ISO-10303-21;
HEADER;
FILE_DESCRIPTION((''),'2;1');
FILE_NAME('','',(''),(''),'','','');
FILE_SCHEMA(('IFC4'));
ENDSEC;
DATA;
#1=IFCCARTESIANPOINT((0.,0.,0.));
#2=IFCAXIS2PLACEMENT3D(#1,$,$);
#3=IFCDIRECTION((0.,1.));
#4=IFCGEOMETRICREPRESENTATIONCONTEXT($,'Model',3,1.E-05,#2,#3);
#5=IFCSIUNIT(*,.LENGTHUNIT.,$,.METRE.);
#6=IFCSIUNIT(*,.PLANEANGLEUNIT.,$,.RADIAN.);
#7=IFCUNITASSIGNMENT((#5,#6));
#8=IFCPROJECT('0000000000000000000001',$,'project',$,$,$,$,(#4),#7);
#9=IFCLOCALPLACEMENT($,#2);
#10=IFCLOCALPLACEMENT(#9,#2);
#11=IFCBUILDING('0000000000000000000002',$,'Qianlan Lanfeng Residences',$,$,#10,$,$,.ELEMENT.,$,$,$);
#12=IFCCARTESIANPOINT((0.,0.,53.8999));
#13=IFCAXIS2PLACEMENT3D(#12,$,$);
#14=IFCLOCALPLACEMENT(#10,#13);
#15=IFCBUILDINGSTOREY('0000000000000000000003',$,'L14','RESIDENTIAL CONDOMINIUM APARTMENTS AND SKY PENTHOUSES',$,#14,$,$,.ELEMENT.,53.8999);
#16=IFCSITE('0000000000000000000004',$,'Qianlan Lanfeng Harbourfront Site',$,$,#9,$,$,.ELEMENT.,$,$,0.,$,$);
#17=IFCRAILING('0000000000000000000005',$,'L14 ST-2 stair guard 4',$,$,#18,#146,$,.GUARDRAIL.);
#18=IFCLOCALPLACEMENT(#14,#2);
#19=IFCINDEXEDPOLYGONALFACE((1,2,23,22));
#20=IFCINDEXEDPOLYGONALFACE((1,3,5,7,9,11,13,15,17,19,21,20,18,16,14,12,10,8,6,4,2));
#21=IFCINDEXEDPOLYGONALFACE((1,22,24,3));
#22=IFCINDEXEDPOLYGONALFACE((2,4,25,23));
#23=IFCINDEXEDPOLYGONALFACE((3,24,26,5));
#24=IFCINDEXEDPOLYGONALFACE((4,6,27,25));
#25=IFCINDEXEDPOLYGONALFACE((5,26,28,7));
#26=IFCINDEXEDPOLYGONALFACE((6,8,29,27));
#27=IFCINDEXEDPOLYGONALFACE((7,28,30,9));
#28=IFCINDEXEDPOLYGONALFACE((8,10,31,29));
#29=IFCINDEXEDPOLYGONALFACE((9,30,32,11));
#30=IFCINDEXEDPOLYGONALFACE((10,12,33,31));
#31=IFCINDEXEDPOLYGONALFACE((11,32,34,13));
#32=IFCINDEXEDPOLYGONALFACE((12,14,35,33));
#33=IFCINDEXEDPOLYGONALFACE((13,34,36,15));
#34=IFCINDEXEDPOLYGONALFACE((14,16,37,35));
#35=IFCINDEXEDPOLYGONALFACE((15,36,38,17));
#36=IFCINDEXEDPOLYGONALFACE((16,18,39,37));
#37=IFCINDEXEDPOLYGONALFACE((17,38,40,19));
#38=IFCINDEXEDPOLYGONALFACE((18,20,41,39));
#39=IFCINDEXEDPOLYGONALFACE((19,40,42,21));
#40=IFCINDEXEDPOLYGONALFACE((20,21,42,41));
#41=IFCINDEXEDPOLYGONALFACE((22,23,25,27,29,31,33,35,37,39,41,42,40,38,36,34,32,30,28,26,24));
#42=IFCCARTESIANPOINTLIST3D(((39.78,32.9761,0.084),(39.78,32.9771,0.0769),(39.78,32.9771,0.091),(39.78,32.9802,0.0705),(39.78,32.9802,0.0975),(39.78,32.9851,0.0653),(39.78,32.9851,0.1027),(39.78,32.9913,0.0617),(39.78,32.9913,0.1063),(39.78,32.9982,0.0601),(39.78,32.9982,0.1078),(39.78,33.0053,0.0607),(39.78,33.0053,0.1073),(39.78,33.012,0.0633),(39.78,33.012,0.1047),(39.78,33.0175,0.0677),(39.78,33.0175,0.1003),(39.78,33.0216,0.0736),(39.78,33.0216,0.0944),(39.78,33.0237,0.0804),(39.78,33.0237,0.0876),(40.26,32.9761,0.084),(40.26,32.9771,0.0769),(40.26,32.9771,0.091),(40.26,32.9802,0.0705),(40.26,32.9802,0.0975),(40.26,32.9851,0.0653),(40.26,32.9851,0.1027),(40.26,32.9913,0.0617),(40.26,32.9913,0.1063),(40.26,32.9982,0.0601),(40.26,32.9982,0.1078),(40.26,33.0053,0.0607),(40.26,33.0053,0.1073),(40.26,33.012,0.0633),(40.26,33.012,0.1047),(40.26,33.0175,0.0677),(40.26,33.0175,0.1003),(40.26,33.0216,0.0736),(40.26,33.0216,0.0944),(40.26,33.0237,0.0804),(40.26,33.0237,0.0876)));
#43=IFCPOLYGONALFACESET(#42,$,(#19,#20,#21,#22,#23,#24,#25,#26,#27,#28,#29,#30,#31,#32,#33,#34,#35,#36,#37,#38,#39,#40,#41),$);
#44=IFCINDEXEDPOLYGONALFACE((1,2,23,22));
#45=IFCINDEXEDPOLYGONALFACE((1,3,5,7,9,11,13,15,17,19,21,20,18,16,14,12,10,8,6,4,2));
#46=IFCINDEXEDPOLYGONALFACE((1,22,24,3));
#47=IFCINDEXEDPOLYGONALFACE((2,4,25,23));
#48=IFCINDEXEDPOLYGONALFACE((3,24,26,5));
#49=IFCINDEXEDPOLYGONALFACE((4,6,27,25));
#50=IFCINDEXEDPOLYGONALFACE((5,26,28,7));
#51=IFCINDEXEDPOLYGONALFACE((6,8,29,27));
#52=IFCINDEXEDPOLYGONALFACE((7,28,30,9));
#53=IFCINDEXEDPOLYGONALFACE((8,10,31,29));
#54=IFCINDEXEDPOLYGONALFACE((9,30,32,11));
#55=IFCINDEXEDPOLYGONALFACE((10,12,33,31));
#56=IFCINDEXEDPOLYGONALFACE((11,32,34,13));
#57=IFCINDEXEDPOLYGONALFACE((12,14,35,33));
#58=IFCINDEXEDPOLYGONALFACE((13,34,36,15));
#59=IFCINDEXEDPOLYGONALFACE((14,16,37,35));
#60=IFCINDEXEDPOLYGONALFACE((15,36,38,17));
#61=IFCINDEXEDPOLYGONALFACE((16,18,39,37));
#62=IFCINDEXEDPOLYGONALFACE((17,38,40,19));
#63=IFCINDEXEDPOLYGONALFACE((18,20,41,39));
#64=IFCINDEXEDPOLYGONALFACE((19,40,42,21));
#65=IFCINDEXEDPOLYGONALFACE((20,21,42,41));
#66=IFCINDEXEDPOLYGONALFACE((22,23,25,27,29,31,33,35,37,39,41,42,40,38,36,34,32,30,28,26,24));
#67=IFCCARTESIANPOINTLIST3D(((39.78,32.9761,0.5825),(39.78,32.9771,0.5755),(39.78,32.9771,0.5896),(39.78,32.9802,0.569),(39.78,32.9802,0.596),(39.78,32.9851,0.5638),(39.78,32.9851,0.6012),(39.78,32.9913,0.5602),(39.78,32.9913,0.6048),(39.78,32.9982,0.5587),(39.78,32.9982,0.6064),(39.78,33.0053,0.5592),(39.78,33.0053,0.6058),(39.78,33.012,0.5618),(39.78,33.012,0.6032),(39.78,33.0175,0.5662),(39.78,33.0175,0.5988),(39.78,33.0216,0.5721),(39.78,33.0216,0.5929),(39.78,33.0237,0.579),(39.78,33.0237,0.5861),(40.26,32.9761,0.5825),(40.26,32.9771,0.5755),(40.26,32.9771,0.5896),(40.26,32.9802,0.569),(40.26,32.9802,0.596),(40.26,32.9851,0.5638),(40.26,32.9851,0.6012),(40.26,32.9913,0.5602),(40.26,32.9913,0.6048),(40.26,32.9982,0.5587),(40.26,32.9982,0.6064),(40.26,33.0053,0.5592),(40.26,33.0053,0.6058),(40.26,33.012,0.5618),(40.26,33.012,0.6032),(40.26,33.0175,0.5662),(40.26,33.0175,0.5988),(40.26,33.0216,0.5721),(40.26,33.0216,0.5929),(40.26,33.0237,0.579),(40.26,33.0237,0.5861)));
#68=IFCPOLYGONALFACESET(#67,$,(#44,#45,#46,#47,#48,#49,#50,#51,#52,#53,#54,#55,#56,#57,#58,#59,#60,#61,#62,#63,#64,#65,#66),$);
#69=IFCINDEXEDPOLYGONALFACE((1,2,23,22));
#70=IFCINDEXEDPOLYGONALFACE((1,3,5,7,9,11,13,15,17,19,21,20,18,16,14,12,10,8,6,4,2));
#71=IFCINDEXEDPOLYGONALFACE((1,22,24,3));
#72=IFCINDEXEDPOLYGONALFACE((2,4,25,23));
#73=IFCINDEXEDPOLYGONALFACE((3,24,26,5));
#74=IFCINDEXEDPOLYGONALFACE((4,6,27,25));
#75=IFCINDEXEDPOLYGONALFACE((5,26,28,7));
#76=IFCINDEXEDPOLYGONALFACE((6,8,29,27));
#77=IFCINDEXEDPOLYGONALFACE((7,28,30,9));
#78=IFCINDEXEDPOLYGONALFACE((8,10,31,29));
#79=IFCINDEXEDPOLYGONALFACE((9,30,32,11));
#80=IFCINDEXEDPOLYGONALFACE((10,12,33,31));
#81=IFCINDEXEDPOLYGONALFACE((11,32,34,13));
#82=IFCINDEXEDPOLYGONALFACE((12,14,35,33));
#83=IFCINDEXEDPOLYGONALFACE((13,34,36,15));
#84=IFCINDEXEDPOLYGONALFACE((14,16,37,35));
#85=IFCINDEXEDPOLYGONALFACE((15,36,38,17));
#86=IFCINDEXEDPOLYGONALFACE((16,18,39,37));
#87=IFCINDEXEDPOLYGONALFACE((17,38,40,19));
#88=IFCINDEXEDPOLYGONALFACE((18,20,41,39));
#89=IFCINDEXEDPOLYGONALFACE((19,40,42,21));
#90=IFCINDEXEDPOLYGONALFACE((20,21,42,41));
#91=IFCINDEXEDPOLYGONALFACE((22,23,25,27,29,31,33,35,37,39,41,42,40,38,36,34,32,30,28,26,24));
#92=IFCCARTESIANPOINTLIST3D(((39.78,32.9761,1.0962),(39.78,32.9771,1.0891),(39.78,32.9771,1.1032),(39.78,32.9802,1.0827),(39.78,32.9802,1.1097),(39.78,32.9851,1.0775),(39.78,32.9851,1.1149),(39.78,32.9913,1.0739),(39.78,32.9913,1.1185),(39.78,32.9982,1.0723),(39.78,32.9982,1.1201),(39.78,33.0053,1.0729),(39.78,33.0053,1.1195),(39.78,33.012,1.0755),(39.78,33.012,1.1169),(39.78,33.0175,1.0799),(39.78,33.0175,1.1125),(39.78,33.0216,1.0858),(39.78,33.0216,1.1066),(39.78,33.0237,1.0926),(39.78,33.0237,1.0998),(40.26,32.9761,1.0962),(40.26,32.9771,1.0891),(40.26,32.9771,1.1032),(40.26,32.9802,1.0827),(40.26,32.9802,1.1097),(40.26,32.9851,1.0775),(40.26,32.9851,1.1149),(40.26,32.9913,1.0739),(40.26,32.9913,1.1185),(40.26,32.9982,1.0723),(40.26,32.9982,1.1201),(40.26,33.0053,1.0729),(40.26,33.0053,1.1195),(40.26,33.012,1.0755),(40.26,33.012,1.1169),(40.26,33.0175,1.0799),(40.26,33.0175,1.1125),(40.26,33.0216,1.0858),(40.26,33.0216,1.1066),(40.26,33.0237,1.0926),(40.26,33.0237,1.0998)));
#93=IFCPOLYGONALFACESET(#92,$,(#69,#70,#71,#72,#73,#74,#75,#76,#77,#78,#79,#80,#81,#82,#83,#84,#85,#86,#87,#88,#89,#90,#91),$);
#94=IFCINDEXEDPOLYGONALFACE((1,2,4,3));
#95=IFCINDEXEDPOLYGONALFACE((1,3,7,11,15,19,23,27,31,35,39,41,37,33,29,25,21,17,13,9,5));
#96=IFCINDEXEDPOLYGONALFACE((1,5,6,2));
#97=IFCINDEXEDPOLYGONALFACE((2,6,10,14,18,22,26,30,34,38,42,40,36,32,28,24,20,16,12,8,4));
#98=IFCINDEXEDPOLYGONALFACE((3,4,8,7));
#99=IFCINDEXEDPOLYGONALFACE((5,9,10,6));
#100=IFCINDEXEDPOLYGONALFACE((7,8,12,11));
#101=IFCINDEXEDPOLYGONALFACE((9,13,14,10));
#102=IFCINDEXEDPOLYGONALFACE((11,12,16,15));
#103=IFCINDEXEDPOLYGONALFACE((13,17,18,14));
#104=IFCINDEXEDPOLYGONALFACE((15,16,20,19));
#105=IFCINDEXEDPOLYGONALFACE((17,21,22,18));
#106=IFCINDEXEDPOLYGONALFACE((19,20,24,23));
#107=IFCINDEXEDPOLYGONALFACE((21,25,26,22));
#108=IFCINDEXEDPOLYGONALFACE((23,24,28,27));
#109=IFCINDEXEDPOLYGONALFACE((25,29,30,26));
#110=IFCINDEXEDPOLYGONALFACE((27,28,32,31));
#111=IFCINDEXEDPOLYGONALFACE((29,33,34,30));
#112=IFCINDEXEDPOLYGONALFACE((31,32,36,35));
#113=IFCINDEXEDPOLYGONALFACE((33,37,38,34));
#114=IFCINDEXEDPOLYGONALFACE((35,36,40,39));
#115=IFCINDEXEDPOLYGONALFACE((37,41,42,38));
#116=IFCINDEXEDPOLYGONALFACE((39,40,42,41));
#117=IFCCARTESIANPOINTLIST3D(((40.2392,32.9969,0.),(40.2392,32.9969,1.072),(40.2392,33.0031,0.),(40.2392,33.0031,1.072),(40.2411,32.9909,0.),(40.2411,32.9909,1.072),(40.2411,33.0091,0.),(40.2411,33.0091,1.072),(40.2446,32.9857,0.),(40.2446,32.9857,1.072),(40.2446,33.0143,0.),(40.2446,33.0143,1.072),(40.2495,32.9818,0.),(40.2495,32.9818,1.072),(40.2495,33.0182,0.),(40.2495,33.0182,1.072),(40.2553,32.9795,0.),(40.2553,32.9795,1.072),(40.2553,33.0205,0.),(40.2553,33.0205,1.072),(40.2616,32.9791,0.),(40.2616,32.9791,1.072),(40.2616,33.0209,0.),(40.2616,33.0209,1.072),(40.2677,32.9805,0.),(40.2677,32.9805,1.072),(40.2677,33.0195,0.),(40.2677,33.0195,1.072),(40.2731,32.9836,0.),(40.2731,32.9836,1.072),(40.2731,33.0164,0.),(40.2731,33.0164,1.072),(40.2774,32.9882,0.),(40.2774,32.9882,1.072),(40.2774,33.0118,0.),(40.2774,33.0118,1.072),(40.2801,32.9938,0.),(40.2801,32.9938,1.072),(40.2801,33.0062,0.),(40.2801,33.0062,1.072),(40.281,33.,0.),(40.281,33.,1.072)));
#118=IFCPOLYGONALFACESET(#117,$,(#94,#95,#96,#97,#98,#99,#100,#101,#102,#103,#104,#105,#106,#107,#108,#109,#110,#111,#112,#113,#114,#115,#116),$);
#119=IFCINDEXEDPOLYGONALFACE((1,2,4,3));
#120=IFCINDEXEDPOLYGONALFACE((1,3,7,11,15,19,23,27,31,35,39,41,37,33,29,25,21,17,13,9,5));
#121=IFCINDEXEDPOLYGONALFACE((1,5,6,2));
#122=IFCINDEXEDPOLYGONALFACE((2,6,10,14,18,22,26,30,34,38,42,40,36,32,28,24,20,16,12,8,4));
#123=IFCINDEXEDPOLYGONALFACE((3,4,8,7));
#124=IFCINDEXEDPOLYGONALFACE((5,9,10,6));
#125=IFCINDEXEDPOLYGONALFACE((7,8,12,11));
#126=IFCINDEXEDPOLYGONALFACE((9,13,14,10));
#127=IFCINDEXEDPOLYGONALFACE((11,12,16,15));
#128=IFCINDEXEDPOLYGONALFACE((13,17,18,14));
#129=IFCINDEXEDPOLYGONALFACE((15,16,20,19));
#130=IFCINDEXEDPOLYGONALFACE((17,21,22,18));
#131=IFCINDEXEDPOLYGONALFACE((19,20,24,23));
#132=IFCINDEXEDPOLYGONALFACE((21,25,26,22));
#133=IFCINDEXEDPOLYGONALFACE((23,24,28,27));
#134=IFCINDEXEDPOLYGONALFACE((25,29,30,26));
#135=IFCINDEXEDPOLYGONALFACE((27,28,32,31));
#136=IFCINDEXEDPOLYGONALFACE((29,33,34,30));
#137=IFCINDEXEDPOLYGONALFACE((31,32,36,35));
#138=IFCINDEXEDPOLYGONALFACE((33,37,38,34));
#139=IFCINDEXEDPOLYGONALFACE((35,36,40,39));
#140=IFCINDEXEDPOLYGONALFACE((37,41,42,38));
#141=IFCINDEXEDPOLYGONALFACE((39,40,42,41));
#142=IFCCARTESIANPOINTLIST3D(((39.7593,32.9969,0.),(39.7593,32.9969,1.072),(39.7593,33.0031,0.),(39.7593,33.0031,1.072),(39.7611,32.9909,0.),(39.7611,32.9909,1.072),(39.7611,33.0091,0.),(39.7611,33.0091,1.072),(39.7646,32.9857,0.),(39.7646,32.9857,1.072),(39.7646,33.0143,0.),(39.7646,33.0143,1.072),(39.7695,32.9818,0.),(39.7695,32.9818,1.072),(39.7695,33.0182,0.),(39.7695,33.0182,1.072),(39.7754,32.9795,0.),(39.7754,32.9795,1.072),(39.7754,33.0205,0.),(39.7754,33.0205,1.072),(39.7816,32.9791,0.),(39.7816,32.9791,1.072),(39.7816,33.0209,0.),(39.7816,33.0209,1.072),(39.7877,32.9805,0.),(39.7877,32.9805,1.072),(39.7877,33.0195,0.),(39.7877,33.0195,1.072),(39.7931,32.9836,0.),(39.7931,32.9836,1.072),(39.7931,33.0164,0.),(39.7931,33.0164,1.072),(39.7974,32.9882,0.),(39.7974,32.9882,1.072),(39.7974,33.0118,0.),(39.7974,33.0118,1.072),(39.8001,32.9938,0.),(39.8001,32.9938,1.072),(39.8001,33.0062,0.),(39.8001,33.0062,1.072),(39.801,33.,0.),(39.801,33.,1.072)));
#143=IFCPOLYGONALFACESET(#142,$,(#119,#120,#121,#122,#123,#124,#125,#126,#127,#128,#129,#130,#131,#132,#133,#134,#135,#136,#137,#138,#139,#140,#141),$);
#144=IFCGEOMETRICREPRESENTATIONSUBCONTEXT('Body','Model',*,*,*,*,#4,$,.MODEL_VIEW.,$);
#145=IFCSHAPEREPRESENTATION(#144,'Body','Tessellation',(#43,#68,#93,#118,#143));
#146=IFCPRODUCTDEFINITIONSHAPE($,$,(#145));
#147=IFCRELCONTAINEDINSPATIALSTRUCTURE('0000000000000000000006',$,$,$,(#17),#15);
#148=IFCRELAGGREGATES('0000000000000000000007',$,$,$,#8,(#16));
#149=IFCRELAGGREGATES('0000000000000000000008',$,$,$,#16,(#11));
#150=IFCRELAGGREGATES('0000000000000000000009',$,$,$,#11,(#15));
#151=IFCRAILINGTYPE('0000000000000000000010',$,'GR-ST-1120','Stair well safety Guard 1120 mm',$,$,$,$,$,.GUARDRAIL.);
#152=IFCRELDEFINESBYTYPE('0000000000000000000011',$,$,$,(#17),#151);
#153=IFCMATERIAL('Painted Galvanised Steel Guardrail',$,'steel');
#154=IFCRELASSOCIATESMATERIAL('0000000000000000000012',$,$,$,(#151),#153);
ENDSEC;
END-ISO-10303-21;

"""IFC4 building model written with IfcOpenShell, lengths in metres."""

from ifc_helpers import new_model, si_unit, direction, frame, origin, origin_2d, place, context, subcontext, project, spatial, circle, extrude, material, type_object, element, save


model = new_model("IFC4")

# Units and contexts
model_context = context("Model", 3, precision=1e-05, world=origin(), true_north=direction((0.0, 1.0)))
body_context = subcontext(model_context, "Body", "Model", "MODEL_VIEW")
ifc_project = project(units=[si_unit("LENGTHUNIT", "METRE"), si_unit("PLANEANGLEUNIT", "RADIAN")], contexts=[model_context])

# Site, building, storey
site_placement = place(None, origin())
site = spatial("IfcSite", under=ifc_project, at=site_placement, Name="Qianlan Lanfeng Harbourfront Site", CompositionType="ELEMENT", RefElevation=0.0)
building_placement = place(site_placement, origin())
building = spatial("IfcBuilding", under=site, at=building_placement, Name="Qianlan Lanfeng Residences", CompositionType="ELEMENT")
storey_placement = place(building_placement, frame((0.0, 0.0, 53.8999)))
storey = spatial("IfcBuildingStorey", under=building, at=storey_placement, Name="L14", Description="RESIDENTIAL CONDOMINIUM APARTMENTS AND SKY PENTHOUSES", CompositionType="ELEMENT", Elevation=53.8999)

# Railing
ifc_material_1 = material(Name="Painted Galvanised Steel Guardrail", Category="steel")
railing_type_1 = type_object("IfcRailingType", Name="GR-ST-1120", Description="Stair well safety Guard 1120 mm", PredefinedType="GUARDRAIL", material=ifc_material_1)
railing_1_placement = place(storey_placement, frame((40.26, 33.0, 0.0)))
element("IfcRailing", 1, at=railing_1_placement, inside=storey, type_object=railing_type_1, Name="L14 ST-2 stair guard 4", PredefinedType="GUARDRAIL", context=body_context, shape_type="SweptSolid", body=[
    extrude(circle(Radius=0.0239, at=origin_2d()), frame((0.0, 0.0, 0.084), z_axis=(-1.0, 0.0, 0.0), x_axis=(0.0, -1.0, 0.0)), (0.0, 0.0, 1.0), 0.48),
    extrude(circle(Radius=0.0239, at=origin_2d()), frame((0.0, 0.0, 0.5825), z_axis=(-1.0, 0.0, 0.0), x_axis=(0.0, -1.0, 0.0)), (0.0, 0.0, 1.0), 0.48),
    extrude(circle(Radius=0.0239, at=origin_2d()), frame((0.0, 0.0, 1.0962), z_axis=(-1.0, 0.0, 0.0), x_axis=(0.0, -1.0, 0.0)), (0.0, 0.0, 1.0), 0.48),
    extrude(circle(Radius=0.021, at=origin_2d()), origin(), (0.0, 0.0, 1.0), 1.072),
    extrude(circle(Radius=0.021, at=origin_2d()), frame((-0.48, 0.0, 0.0)), (0.0, 0.0, 1.0), 1.072),
])

save(model, "model.ifc")
